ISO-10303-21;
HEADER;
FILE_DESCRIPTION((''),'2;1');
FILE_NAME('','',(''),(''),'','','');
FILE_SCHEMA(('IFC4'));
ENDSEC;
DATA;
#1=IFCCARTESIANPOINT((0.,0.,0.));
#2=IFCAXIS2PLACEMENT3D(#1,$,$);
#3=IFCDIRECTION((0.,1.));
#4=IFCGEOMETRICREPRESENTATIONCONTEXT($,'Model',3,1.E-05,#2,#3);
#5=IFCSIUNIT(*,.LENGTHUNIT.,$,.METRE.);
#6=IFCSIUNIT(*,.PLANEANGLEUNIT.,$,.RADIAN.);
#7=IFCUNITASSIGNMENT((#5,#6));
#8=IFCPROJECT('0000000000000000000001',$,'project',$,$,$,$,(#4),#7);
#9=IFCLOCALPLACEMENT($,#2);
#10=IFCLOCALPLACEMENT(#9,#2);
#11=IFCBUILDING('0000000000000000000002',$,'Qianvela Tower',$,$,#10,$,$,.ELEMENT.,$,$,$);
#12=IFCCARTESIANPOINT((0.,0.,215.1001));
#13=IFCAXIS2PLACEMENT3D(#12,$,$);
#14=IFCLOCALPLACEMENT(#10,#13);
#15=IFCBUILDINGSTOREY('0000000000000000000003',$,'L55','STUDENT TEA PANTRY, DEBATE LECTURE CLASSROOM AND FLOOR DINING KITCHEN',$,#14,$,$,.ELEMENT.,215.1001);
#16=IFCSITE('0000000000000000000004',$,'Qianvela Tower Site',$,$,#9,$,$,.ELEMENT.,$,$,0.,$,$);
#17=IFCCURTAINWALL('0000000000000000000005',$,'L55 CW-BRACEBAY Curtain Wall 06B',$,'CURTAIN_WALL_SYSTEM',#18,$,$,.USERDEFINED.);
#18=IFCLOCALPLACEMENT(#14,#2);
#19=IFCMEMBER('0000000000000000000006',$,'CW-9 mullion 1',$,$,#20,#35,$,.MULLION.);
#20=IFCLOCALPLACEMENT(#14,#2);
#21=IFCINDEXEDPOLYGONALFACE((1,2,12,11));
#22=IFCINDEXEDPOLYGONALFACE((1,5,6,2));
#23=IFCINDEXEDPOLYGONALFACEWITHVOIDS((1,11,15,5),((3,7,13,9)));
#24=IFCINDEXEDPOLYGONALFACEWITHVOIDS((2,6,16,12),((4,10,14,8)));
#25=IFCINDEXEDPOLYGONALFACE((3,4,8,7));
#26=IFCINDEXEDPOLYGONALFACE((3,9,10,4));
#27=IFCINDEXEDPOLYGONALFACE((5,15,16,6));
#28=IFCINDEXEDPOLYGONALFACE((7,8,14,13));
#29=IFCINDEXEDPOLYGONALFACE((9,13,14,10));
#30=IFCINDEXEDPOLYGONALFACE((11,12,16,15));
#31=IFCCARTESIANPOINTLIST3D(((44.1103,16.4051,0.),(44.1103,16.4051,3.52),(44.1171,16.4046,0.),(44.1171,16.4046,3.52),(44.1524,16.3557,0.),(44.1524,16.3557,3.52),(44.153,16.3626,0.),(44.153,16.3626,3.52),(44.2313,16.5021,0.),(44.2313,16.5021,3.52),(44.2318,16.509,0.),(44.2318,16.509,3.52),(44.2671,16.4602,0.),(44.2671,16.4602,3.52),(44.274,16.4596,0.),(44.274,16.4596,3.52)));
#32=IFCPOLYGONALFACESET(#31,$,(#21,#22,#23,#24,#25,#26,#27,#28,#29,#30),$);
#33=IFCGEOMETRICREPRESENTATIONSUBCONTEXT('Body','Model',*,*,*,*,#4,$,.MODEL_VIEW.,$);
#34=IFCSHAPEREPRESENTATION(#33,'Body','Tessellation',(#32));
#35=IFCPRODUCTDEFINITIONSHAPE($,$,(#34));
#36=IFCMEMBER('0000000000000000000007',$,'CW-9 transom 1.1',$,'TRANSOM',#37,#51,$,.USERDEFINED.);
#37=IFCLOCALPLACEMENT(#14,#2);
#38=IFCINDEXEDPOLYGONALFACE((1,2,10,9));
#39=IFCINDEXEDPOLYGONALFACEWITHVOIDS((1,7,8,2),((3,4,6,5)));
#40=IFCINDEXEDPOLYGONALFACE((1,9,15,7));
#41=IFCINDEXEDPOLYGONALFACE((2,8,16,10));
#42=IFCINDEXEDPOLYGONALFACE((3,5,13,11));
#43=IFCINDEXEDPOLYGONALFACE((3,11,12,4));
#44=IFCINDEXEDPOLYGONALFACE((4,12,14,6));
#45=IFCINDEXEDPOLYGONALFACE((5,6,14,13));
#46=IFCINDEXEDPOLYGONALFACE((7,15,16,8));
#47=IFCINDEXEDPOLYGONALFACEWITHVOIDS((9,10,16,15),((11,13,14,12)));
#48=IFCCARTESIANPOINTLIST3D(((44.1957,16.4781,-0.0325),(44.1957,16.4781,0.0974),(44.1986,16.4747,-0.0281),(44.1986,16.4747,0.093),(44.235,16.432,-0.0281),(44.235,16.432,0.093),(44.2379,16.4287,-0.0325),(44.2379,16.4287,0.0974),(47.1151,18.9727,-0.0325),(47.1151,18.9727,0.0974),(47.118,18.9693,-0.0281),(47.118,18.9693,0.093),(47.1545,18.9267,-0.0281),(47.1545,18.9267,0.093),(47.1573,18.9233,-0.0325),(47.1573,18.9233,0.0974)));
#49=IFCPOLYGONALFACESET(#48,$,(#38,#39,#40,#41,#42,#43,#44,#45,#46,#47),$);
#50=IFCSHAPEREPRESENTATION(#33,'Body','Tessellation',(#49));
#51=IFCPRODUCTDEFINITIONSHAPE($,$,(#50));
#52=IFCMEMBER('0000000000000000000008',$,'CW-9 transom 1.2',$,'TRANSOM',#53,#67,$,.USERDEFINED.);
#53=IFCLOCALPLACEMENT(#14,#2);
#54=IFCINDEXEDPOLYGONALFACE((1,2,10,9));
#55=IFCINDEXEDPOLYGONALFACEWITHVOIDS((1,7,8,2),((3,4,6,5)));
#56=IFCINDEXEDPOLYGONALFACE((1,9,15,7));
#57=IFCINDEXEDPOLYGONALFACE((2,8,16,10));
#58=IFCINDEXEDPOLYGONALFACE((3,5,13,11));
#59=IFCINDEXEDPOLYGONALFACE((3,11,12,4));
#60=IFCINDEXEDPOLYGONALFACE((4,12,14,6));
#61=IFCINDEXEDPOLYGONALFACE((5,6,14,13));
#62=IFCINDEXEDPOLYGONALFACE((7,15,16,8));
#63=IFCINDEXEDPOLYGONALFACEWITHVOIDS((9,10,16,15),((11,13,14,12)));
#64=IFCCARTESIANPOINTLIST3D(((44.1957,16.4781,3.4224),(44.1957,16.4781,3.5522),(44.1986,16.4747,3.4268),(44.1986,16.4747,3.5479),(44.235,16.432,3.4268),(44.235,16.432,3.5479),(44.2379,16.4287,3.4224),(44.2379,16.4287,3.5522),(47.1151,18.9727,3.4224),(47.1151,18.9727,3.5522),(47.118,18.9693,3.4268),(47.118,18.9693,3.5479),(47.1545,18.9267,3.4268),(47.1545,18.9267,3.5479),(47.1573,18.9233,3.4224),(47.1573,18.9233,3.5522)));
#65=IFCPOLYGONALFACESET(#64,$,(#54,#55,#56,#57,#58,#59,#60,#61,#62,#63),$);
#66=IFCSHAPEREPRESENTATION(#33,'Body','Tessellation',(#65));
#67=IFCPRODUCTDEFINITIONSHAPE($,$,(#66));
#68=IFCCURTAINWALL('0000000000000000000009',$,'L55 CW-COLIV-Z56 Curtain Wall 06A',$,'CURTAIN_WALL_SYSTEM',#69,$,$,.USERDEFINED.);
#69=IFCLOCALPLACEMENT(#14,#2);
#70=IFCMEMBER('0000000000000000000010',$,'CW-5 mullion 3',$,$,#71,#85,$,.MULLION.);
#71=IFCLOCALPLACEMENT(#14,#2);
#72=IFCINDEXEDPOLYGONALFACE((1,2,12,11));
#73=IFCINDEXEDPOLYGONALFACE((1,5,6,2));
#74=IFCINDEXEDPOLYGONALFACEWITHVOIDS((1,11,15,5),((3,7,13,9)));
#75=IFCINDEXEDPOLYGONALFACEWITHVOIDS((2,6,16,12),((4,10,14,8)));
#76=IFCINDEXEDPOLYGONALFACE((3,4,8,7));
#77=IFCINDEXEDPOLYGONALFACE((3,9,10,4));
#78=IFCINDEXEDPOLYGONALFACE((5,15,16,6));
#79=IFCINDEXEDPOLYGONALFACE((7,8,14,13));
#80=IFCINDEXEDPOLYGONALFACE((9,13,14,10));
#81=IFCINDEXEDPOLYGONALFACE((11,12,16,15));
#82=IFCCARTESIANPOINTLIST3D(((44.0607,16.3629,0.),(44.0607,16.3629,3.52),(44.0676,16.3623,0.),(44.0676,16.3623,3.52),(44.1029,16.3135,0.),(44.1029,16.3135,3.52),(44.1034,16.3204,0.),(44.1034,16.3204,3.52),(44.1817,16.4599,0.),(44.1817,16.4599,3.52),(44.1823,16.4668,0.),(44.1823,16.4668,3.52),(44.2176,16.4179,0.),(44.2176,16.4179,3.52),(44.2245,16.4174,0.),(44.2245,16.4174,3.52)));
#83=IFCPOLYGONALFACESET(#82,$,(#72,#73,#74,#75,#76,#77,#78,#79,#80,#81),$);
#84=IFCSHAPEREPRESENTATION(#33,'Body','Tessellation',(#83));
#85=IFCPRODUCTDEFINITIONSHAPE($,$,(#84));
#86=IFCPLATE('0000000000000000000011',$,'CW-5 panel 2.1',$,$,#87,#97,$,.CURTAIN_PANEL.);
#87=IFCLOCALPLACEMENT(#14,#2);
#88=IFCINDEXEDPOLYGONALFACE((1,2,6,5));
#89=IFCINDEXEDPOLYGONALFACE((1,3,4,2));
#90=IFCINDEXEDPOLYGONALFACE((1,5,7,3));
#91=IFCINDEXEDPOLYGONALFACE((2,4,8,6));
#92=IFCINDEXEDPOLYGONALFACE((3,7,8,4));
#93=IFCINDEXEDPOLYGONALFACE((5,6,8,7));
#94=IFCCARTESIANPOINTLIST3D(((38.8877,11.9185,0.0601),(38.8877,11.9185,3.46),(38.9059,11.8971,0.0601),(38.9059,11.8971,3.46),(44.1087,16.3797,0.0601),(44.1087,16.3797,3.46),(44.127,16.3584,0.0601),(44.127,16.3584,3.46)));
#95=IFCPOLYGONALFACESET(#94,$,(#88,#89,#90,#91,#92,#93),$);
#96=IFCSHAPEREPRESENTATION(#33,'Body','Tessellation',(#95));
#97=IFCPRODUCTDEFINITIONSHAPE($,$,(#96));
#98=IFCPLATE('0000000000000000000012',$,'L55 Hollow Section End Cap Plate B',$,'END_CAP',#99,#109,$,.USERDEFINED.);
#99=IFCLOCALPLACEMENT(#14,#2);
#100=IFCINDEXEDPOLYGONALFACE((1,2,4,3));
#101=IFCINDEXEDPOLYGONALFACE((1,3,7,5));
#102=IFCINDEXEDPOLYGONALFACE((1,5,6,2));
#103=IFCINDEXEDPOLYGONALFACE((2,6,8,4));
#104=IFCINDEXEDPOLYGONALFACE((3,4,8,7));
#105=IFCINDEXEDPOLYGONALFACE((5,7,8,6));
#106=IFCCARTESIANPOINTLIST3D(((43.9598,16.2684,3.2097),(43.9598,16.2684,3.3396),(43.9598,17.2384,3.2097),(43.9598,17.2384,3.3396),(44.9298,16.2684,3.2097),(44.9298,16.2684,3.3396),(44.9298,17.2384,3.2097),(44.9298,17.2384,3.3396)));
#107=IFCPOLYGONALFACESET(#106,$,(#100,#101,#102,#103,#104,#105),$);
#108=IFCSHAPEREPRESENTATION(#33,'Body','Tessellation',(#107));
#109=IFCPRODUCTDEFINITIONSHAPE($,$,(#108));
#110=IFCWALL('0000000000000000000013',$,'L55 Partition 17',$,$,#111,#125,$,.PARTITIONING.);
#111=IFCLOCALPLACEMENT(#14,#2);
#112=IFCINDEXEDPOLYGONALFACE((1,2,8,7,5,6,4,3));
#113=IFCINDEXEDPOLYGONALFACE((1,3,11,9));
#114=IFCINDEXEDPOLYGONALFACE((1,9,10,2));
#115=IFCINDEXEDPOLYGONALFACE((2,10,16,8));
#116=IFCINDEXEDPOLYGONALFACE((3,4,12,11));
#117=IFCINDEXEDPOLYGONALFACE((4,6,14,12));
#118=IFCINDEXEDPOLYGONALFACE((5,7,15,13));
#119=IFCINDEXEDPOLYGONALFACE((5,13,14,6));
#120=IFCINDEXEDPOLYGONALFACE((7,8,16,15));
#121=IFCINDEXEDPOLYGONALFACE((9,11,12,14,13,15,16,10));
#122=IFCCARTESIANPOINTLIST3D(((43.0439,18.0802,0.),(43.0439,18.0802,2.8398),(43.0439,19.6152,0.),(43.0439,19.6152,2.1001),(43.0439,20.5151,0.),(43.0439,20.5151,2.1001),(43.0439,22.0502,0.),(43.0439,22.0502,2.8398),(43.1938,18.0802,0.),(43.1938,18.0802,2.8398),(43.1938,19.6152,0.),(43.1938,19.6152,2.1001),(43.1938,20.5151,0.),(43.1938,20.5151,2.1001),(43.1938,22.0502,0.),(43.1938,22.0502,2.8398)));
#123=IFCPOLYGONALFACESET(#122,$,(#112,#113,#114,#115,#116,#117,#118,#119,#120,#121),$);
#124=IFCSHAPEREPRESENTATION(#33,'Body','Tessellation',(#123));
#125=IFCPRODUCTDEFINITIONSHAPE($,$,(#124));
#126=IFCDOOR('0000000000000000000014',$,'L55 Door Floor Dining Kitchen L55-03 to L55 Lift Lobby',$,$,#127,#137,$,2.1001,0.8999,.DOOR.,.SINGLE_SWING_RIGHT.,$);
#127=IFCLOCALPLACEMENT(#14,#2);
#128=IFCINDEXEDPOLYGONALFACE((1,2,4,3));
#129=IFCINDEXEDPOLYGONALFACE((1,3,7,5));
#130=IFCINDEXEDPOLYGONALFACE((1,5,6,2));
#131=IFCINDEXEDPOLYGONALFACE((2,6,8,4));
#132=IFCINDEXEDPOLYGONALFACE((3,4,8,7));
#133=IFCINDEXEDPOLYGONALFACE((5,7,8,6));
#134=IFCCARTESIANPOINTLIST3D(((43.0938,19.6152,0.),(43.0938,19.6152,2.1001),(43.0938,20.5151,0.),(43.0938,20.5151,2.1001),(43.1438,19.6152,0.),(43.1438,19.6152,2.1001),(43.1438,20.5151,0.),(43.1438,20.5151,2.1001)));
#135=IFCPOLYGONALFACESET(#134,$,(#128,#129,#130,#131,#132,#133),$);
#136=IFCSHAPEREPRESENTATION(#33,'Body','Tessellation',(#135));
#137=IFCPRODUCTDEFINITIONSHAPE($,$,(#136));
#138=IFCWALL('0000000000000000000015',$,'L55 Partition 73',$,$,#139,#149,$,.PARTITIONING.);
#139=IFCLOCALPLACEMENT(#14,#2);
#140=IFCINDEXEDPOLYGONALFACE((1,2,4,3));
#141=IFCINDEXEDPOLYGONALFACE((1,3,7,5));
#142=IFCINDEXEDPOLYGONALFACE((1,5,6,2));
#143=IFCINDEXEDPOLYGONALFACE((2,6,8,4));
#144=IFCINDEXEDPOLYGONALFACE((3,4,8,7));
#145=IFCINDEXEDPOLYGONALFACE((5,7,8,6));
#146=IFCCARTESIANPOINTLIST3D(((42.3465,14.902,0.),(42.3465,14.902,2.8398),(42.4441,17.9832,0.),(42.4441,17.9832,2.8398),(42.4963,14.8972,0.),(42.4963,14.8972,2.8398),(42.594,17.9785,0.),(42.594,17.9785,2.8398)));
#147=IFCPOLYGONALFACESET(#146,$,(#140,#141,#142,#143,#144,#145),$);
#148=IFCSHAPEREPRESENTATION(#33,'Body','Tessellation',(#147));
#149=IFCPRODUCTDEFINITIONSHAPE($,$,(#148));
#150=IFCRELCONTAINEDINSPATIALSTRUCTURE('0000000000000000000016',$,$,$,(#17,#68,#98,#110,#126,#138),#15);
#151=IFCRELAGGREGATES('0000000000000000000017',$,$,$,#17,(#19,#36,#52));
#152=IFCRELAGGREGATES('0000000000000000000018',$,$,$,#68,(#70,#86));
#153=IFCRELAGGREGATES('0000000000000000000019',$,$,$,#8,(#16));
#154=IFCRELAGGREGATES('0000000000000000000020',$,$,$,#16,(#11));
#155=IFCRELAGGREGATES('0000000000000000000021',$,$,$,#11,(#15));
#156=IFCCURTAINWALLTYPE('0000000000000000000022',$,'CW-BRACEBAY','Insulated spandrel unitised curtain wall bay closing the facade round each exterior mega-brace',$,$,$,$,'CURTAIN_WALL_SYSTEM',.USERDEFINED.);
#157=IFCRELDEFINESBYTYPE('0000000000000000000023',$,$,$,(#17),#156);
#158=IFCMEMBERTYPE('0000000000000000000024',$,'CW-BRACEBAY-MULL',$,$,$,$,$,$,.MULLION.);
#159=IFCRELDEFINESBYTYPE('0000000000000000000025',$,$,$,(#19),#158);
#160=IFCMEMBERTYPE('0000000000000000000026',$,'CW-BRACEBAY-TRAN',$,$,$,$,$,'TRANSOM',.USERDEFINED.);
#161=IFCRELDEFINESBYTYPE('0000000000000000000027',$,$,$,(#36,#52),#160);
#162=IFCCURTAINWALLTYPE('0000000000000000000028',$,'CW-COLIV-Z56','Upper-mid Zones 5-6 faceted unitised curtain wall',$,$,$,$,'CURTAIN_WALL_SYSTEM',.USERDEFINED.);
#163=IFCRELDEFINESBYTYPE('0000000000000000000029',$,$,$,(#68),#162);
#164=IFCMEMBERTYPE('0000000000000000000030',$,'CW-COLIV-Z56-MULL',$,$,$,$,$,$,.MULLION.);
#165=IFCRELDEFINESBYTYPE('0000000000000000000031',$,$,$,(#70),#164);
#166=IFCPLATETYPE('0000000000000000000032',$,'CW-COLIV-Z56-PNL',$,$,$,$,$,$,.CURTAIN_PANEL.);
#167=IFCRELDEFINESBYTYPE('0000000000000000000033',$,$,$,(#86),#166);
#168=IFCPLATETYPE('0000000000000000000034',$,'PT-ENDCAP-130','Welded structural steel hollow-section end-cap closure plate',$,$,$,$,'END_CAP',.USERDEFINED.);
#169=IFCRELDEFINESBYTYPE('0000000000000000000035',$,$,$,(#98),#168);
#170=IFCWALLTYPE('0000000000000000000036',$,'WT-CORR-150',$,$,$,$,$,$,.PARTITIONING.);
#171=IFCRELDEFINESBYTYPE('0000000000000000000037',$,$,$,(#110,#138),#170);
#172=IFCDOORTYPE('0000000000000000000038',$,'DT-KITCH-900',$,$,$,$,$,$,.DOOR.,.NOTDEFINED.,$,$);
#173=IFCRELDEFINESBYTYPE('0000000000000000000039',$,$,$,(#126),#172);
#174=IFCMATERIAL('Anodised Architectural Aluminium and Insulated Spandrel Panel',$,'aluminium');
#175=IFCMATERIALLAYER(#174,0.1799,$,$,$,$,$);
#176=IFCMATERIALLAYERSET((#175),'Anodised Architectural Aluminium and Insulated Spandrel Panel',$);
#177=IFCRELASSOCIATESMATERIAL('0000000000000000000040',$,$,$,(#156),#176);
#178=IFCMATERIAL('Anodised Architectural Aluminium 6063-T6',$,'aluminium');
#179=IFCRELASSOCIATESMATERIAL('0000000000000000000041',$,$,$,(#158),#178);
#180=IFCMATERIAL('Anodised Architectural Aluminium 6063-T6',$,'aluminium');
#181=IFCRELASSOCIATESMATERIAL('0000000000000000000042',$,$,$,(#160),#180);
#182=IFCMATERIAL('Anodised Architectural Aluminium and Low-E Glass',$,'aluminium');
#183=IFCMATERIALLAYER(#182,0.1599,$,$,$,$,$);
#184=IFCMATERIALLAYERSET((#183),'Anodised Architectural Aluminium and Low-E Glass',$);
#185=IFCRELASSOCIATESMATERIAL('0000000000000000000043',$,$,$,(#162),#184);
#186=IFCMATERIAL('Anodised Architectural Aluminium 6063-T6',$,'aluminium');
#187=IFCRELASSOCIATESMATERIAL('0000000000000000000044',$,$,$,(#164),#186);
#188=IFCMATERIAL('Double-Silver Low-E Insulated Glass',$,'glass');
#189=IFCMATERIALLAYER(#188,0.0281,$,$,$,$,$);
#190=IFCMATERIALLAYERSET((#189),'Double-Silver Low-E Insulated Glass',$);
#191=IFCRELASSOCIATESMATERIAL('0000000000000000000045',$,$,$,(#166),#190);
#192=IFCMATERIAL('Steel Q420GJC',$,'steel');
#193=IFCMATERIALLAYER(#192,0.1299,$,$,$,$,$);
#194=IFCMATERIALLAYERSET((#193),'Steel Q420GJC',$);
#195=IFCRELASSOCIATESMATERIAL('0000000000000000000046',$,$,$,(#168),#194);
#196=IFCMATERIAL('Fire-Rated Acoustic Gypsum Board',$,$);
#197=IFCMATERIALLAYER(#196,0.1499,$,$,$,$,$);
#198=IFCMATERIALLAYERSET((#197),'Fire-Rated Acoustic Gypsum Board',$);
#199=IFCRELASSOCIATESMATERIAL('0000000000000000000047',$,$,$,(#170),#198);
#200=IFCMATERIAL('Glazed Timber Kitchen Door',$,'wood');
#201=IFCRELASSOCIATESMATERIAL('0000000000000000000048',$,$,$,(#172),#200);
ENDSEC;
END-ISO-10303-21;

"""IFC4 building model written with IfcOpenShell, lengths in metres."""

from ifc_helpers import new_model, si_unit, direction, frame, frame_2d, origin, origin_2d, place, context, subcontext, project, spatial, rectangle, hollow_rectangle, extrude, material, layer, layer_set, material_profile, profile_set, type_object, element, fill, aggregate, save


model = new_model("IFC4")

# Units and contexts
model_context = context("Model", 3, precision=1e-05, world=origin(), true_north=direction((0.0, 1.0)))
body_context = subcontext(model_context, "Body", "Model", "MODEL_VIEW")
ifc_project = project(units=[si_unit("LENGTHUNIT", "METRE"), si_unit("PLANEANGLEUNIT", "RADIAN")], contexts=[model_context])

# Site, building, storey
site_placement = place(None, origin())
site = spatial("IfcSite", under=ifc_project, at=site_placement, Name="Qianvela Tower Site", CompositionType="ELEMENT", RefElevation=0.0)
building_placement = place(site_placement, origin())
building = spatial("IfcBuilding", under=site, at=building_placement, Name="Qianvela Tower", CompositionType="ELEMENT")
storey_placement = place(building_placement, frame((0.0, 0.0, 215.1001)))
storey = spatial("IfcBuildingStorey", under=building, at=storey_placement, Name="L55", Description="STUDENT TEA PANTRY, DEBATE LECTURE CLASSROOM AND FLOOR DINING KITCHEN", CompositionType="ELEMENT", Elevation=215.1001)

# Curtain wall, members
ifc_material_1 = material(Name="Anodised Architectural Aluminium and Insulated Spandrel Panel", Category="aluminium")
ifc_layer_1 = layer(ifc_material_1, 0.1799)
ifc_layer_set_1 = layer_set([ifc_layer_1], Name="Anodised Architectural Aluminium and Insulated Spandrel Panel")
curtain_wall_type_1 = type_object("IfcCurtainWallType", Name="CW-BRACEBAY", Description="Insulated spandrel unitised curtain wall bay closing the facade round each exterior mega-brace", ElementType="CURTAIN_WALL_SYSTEM", PredefinedType="USERDEFINED", material=ifc_layer_set_1)
curtain_wall_1_placement = place(storey_placement, origin())
curtain_wall_1 = element("IfcCurtainWall", 1, at=curtain_wall_1_placement, inside=storey, type_object=curtain_wall_type_1, Name="L55 CW-BRACEBAY Curtain Wall 06B", ObjectType="CURTAIN_WALL_SYSTEM", PredefinedType="USERDEFINED")
ifc_material_2 = material(Name="Anodised Architectural Aluminium 6063-T6", Category="aluminium")
ifc_material_profile_1 = material_profile(ifc_material_2, hollow_rectangle(XDim=0.0649, YDim=0.1599, WallThickness=0.0049, at=origin_2d()), Name="ALU-MULL-65x160")
ifc_profile_set_1 = profile_set([ifc_material_profile_1], Name="Anodised Architectural Aluminium 6063-T6")
member_type_1 = type_object("IfcMemberType", Name="CW-BRACEBAY-MULL", PredefinedType="MULLION", material=ifc_profile_set_1)
member_1_placement = place(storey_placement, frame((44.1921, 16.4324, 0.0), z_axis=(0.0, 0.0, 1.0), x_axis=(-0.649625, 0.760255, 0.0)))
member_1 = element("IfcMember", 2, at=member_1_placement, type_object=member_type_1, Name="CW-9 mullion 1", PredefinedType="MULLION", context=body_context, shape_type="SweptSolid", body=[
    extrude(hollow_rectangle(XDim=0.0649, YDim=0.1599, WallThickness=0.0049, at=origin_2d()), origin(), (0.0, 0.0, 1.0), 3.52),
])
ifc_material_3 = material(Name="Anodised Architectural Aluminium 6063-T6", Category="aluminium")
ifc_material_profile_2 = material_profile(ifc_material_3, hollow_rectangle(XDim=0.0649, YDim=0.1299, WallThickness=0.0044, at=origin_2d()), Name="ALU-TRAN-65x130")
ifc_profile_set_2 = profile_set([ifc_material_profile_2], Name="Anodised Architectural Aluminium 6063-T6")
member_type_2 = type_object("IfcMemberType", Name="CW-BRACEBAY-TRAN", ElementType="TRANSOM", PredefinedType="USERDEFINED", material=ifc_profile_set_2)
member_2_placement = place(storey_placement, frame((44.2168, 16.4534, 0.0325), z_axis=(0.760252, 0.649628, 0.0), x_axis=(-0.649628, 0.760252, 0.0)))
member_2 = element("IfcMember", 3, at=member_2_placement, type_object=member_type_2, Name="CW-9 transom 1.1", ObjectType="TRANSOM", PredefinedType="USERDEFINED", context=body_context, shape_type="SweptSolid", body=[
    extrude(hollow_rectangle(XDim=0.0649, YDim=0.1299, WallThickness=0.0044, at=origin_2d()), origin(), (0.0, 0.0, 1.0), 3.8401),
])
member_3_placement = place(storey_placement, frame((44.2168, 16.4534, 3.4873), z_axis=(0.760252, 0.649628, 0.0), x_axis=(-0.649628, 0.760252, 0.0)))
member_3 = element("IfcMember", 4, at=member_3_placement, type_object=member_type_2, Name="CW-9 transom 1.2", ObjectType="TRANSOM", PredefinedType="USERDEFINED", context=body_context, shape_type="SweptSolid", body=[
    extrude(hollow_rectangle(XDim=0.0649, YDim=0.1299, WallThickness=0.0044, at=origin_2d()), origin(), (0.0, 0.0, 1.0), 3.8401),
])
aggregate(curtain_wall_1, [member_1, member_2, member_3])

# Curtain wall, member, plate
ifc_material_4 = material(Name="Anodised Architectural Aluminium and Low-E Glass", Category="aluminium")
ifc_layer_2 = layer(ifc_material_4, 0.1599)
ifc_layer_set_2 = layer_set([ifc_layer_2], Name="Anodised Architectural Aluminium and Low-E Glass")
curtain_wall_type_2 = type_object("IfcCurtainWallType", Name="CW-COLIV-Z56", Description="Upper-mid Zones 5-6 faceted unitised curtain wall", ElementType="CURTAIN_WALL_SYSTEM", PredefinedType="USERDEFINED", material=ifc_layer_set_2)
curtain_wall_2_placement = place(storey_placement, origin())
curtain_wall_2 = element("IfcCurtainWall", 5, at=curtain_wall_2_placement, inside=storey, type_object=curtain_wall_type_2, Name="L55 CW-COLIV-Z56 Curtain Wall 06A", ObjectType="CURTAIN_WALL_SYSTEM", PredefinedType="USERDEFINED")
ifc_material_5 = material(Name="Anodised Architectural Aluminium 6063-T6", Category="aluminium")
ifc_material_profile_3 = material_profile(ifc_material_5, hollow_rectangle(XDim=0.0649, YDim=0.1599, WallThickness=0.0049, at=origin_2d()), Name="ALU-MULL-65x160")
ifc_profile_set_3 = profile_set([ifc_material_profile_3], Name="Anodised Architectural Aluminium 6063-T6")
member_type_3 = type_object("IfcMemberType", Name="CW-COLIV-Z56-MULL", PredefinedType="MULLION", material=ifc_profile_set_3)
member_4_placement = place(storey_placement, frame((44.1426, 16.3901, 0.0), z_axis=(0.0, 0.0, 1.0), x_axis=(-0.64962, 0.760259, 0.0)))
member_4 = element("IfcMember", 6, at=member_4_placement, type_object=member_type_3, Name="CW-5 mullion 3", PredefinedType="MULLION", context=body_context, shape_type="SweptSolid", body=[
    extrude(hollow_rectangle(XDim=0.0649, YDim=0.1599, WallThickness=0.0049, at=origin_2d()), origin(), (0.0, 0.0, 1.0), 3.52),
])
ifc_material_6 = material(Name="Double-Silver Low-E Insulated Glass", Category="glass")
ifc_layer_3 = layer(ifc_material_6, 0.0281)
ifc_layer_set_3 = layer_set([ifc_layer_3], Name="Double-Silver Low-E Insulated Glass")
plate_type_1 = type_object("IfcPlateType", Name="CW-COLIV-Z56-PNL", PredefinedType="CURTAIN_PANEL", material=ifc_layer_set_3)
plate_1_placement = place(storey_placement, frame((41.5073, 14.1384, 0.0601), z_axis=(0.0, 0.0, 1.0), x_axis=(0.760259, 0.64962, 0.0)))
plate_1 = element("IfcPlate", 7, at=plate_1_placement, type_object=plate_type_1, Name="CW-5 panel 2.1", PredefinedType="CURTAIN_PANEL", context=body_context, shape_type="SweptSolid", body=[
    extrude(rectangle(XDim=6.8674, YDim=0.0281, at=origin_2d()), origin(), (0.0, 0.0, 1.0), 3.3999),
])
aggregate(curtain_wall_2, [member_4, plate_1])

# Plate
ifc_material_7 = material(Name="Steel Q420GJC", Category="steel")
ifc_layer_4 = layer(ifc_material_7, 0.1299)
ifc_layer_set_4 = layer_set([ifc_layer_4], Name="Steel Q420GJC")
plate_type_2 = type_object("IfcPlateType", Name="PT-ENDCAP-130", Description="Welded structural steel hollow-section end-cap closure plate", ElementType="END_CAP", PredefinedType="USERDEFINED", material=ifc_layer_set_4)
plate_2_placement = place(storey_placement, frame((44.4448, 16.7534, 3.2097), z_axis=(0.0, 0.0, 1.0), x_axis=(1.0, 0.0, 0.0)))
element("IfcPlate", 8, at=plate_2_placement, inside=storey, type_object=plate_type_2, Name="L55 Hollow Section End Cap Plate B", ObjectType="END_CAP", PredefinedType="USERDEFINED", context=body_context, shape_type="SweptSolid", body=[
    extrude(rectangle(XDim=0.97, YDim=0.97, at=origin_2d()), origin(), (0.0, 0.0, 1.0), 0.1299),
])

# Wall, opening, door
ifc_material_8 = material(Name="Fire-Rated Acoustic Gypsum Board")
ifc_layer_5 = layer(ifc_material_8, 0.1499)
ifc_layer_set_5 = layer_set([ifc_layer_5], Name="Fire-Rated Acoustic Gypsum Board")
wall_type_1 = type_object("IfcWallType", Name="WT-CORR-150", PredefinedType="PARTITIONING", material=ifc_layer_set_5)
wall_1_placement = place(storey_placement, frame((43.1189, 22.05, 0.0), z_axis=(0.0, 0.0, 1.0), x_axis=(0.0, -1.0, 0.0)))
wall_1 = element("IfcWall", 9, at=wall_1_placement, inside=storey, type_object=wall_type_1, Name="L55 Partition 17", PredefinedType="PARTITIONING", context=body_context, shape_type="SweptSolid", body=[
    extrude(rectangle(XDim=3.97, YDim=0.1499, at=frame_2d((1.9849, 0.0))), origin(), (0.0, 0.0, 1.0), 2.8398),
])
opening_1_placement = place(wall_1_placement, frame((1.5349, 0.0, 0.0)))
opening_1 = element("IfcOpeningElement", 10, at=opening_1_placement, cuts=wall_1, PredefinedType="OPENING", context=body_context, shape_type="SweptSolid", body=[
    extrude(rectangle(XDim=0.8999, YDim=2.1001, at=frame_2d((0.45, 1.05))), frame((0.0, 0.085, 0.0), z_axis=(0.0, -1.0, 0.0), x_axis=(1.0, 0.0, 0.0)), (0.0, 0.0, 1.0), 0.1699),
])
ifc_material_9 = material(Name="Glazed Timber Kitchen Door", Category="wood")
door_type_1 = type_object("IfcDoorType", Name="DT-KITCH-900", OperationType="NOTDEFINED", PredefinedType="DOOR", material=ifc_material_9)
door_1_placement = place(opening_1_placement, origin())
door_1 = element("IfcDoor", 11, at=door_1_placement, inside=storey, type_object=door_type_1, Name="L55 Door Floor Dining Kitchen L55-03 to L55 Lift Lobby", OperationType="SINGLE_SWING_RIGHT", OverallHeight=2.1001, OverallWidth=0.8999, PredefinedType="DOOR", context=body_context, shape_type="SweptSolid", body=[
    extrude(rectangle(XDim=0.8999, YDim=2.1001, at=frame_2d((0.45, 1.05))), frame((0.0, 0.0249, 0.0), z_axis=(0.0, -1.0, 0.0), x_axis=(1.0, 0.0, 0.0)), (0.0, 0.0, 1.0), 0.05),
])
fill(opening_1, door_1)

# Wall
wall_2_placement = place(storey_placement, frame((42.519, 17.981, 0.0), z_axis=(0.0, 0.0, 1.0), x_axis=(-0.031677, -0.999498, 0.0)))
element("IfcWall", 12, at=wall_2_placement, inside=storey, type_object=wall_type_1, Name="L55 Partition 73", PredefinedType="PARTITIONING", context=body_context, shape_type="SweptSolid", body=[
    extrude(rectangle(XDim=3.0828, YDim=0.1499, at=frame_2d((1.5415, 0.0))), origin(), (0.0, 0.0, 1.0), 2.8398),
])

save(model, "model.ifc")
